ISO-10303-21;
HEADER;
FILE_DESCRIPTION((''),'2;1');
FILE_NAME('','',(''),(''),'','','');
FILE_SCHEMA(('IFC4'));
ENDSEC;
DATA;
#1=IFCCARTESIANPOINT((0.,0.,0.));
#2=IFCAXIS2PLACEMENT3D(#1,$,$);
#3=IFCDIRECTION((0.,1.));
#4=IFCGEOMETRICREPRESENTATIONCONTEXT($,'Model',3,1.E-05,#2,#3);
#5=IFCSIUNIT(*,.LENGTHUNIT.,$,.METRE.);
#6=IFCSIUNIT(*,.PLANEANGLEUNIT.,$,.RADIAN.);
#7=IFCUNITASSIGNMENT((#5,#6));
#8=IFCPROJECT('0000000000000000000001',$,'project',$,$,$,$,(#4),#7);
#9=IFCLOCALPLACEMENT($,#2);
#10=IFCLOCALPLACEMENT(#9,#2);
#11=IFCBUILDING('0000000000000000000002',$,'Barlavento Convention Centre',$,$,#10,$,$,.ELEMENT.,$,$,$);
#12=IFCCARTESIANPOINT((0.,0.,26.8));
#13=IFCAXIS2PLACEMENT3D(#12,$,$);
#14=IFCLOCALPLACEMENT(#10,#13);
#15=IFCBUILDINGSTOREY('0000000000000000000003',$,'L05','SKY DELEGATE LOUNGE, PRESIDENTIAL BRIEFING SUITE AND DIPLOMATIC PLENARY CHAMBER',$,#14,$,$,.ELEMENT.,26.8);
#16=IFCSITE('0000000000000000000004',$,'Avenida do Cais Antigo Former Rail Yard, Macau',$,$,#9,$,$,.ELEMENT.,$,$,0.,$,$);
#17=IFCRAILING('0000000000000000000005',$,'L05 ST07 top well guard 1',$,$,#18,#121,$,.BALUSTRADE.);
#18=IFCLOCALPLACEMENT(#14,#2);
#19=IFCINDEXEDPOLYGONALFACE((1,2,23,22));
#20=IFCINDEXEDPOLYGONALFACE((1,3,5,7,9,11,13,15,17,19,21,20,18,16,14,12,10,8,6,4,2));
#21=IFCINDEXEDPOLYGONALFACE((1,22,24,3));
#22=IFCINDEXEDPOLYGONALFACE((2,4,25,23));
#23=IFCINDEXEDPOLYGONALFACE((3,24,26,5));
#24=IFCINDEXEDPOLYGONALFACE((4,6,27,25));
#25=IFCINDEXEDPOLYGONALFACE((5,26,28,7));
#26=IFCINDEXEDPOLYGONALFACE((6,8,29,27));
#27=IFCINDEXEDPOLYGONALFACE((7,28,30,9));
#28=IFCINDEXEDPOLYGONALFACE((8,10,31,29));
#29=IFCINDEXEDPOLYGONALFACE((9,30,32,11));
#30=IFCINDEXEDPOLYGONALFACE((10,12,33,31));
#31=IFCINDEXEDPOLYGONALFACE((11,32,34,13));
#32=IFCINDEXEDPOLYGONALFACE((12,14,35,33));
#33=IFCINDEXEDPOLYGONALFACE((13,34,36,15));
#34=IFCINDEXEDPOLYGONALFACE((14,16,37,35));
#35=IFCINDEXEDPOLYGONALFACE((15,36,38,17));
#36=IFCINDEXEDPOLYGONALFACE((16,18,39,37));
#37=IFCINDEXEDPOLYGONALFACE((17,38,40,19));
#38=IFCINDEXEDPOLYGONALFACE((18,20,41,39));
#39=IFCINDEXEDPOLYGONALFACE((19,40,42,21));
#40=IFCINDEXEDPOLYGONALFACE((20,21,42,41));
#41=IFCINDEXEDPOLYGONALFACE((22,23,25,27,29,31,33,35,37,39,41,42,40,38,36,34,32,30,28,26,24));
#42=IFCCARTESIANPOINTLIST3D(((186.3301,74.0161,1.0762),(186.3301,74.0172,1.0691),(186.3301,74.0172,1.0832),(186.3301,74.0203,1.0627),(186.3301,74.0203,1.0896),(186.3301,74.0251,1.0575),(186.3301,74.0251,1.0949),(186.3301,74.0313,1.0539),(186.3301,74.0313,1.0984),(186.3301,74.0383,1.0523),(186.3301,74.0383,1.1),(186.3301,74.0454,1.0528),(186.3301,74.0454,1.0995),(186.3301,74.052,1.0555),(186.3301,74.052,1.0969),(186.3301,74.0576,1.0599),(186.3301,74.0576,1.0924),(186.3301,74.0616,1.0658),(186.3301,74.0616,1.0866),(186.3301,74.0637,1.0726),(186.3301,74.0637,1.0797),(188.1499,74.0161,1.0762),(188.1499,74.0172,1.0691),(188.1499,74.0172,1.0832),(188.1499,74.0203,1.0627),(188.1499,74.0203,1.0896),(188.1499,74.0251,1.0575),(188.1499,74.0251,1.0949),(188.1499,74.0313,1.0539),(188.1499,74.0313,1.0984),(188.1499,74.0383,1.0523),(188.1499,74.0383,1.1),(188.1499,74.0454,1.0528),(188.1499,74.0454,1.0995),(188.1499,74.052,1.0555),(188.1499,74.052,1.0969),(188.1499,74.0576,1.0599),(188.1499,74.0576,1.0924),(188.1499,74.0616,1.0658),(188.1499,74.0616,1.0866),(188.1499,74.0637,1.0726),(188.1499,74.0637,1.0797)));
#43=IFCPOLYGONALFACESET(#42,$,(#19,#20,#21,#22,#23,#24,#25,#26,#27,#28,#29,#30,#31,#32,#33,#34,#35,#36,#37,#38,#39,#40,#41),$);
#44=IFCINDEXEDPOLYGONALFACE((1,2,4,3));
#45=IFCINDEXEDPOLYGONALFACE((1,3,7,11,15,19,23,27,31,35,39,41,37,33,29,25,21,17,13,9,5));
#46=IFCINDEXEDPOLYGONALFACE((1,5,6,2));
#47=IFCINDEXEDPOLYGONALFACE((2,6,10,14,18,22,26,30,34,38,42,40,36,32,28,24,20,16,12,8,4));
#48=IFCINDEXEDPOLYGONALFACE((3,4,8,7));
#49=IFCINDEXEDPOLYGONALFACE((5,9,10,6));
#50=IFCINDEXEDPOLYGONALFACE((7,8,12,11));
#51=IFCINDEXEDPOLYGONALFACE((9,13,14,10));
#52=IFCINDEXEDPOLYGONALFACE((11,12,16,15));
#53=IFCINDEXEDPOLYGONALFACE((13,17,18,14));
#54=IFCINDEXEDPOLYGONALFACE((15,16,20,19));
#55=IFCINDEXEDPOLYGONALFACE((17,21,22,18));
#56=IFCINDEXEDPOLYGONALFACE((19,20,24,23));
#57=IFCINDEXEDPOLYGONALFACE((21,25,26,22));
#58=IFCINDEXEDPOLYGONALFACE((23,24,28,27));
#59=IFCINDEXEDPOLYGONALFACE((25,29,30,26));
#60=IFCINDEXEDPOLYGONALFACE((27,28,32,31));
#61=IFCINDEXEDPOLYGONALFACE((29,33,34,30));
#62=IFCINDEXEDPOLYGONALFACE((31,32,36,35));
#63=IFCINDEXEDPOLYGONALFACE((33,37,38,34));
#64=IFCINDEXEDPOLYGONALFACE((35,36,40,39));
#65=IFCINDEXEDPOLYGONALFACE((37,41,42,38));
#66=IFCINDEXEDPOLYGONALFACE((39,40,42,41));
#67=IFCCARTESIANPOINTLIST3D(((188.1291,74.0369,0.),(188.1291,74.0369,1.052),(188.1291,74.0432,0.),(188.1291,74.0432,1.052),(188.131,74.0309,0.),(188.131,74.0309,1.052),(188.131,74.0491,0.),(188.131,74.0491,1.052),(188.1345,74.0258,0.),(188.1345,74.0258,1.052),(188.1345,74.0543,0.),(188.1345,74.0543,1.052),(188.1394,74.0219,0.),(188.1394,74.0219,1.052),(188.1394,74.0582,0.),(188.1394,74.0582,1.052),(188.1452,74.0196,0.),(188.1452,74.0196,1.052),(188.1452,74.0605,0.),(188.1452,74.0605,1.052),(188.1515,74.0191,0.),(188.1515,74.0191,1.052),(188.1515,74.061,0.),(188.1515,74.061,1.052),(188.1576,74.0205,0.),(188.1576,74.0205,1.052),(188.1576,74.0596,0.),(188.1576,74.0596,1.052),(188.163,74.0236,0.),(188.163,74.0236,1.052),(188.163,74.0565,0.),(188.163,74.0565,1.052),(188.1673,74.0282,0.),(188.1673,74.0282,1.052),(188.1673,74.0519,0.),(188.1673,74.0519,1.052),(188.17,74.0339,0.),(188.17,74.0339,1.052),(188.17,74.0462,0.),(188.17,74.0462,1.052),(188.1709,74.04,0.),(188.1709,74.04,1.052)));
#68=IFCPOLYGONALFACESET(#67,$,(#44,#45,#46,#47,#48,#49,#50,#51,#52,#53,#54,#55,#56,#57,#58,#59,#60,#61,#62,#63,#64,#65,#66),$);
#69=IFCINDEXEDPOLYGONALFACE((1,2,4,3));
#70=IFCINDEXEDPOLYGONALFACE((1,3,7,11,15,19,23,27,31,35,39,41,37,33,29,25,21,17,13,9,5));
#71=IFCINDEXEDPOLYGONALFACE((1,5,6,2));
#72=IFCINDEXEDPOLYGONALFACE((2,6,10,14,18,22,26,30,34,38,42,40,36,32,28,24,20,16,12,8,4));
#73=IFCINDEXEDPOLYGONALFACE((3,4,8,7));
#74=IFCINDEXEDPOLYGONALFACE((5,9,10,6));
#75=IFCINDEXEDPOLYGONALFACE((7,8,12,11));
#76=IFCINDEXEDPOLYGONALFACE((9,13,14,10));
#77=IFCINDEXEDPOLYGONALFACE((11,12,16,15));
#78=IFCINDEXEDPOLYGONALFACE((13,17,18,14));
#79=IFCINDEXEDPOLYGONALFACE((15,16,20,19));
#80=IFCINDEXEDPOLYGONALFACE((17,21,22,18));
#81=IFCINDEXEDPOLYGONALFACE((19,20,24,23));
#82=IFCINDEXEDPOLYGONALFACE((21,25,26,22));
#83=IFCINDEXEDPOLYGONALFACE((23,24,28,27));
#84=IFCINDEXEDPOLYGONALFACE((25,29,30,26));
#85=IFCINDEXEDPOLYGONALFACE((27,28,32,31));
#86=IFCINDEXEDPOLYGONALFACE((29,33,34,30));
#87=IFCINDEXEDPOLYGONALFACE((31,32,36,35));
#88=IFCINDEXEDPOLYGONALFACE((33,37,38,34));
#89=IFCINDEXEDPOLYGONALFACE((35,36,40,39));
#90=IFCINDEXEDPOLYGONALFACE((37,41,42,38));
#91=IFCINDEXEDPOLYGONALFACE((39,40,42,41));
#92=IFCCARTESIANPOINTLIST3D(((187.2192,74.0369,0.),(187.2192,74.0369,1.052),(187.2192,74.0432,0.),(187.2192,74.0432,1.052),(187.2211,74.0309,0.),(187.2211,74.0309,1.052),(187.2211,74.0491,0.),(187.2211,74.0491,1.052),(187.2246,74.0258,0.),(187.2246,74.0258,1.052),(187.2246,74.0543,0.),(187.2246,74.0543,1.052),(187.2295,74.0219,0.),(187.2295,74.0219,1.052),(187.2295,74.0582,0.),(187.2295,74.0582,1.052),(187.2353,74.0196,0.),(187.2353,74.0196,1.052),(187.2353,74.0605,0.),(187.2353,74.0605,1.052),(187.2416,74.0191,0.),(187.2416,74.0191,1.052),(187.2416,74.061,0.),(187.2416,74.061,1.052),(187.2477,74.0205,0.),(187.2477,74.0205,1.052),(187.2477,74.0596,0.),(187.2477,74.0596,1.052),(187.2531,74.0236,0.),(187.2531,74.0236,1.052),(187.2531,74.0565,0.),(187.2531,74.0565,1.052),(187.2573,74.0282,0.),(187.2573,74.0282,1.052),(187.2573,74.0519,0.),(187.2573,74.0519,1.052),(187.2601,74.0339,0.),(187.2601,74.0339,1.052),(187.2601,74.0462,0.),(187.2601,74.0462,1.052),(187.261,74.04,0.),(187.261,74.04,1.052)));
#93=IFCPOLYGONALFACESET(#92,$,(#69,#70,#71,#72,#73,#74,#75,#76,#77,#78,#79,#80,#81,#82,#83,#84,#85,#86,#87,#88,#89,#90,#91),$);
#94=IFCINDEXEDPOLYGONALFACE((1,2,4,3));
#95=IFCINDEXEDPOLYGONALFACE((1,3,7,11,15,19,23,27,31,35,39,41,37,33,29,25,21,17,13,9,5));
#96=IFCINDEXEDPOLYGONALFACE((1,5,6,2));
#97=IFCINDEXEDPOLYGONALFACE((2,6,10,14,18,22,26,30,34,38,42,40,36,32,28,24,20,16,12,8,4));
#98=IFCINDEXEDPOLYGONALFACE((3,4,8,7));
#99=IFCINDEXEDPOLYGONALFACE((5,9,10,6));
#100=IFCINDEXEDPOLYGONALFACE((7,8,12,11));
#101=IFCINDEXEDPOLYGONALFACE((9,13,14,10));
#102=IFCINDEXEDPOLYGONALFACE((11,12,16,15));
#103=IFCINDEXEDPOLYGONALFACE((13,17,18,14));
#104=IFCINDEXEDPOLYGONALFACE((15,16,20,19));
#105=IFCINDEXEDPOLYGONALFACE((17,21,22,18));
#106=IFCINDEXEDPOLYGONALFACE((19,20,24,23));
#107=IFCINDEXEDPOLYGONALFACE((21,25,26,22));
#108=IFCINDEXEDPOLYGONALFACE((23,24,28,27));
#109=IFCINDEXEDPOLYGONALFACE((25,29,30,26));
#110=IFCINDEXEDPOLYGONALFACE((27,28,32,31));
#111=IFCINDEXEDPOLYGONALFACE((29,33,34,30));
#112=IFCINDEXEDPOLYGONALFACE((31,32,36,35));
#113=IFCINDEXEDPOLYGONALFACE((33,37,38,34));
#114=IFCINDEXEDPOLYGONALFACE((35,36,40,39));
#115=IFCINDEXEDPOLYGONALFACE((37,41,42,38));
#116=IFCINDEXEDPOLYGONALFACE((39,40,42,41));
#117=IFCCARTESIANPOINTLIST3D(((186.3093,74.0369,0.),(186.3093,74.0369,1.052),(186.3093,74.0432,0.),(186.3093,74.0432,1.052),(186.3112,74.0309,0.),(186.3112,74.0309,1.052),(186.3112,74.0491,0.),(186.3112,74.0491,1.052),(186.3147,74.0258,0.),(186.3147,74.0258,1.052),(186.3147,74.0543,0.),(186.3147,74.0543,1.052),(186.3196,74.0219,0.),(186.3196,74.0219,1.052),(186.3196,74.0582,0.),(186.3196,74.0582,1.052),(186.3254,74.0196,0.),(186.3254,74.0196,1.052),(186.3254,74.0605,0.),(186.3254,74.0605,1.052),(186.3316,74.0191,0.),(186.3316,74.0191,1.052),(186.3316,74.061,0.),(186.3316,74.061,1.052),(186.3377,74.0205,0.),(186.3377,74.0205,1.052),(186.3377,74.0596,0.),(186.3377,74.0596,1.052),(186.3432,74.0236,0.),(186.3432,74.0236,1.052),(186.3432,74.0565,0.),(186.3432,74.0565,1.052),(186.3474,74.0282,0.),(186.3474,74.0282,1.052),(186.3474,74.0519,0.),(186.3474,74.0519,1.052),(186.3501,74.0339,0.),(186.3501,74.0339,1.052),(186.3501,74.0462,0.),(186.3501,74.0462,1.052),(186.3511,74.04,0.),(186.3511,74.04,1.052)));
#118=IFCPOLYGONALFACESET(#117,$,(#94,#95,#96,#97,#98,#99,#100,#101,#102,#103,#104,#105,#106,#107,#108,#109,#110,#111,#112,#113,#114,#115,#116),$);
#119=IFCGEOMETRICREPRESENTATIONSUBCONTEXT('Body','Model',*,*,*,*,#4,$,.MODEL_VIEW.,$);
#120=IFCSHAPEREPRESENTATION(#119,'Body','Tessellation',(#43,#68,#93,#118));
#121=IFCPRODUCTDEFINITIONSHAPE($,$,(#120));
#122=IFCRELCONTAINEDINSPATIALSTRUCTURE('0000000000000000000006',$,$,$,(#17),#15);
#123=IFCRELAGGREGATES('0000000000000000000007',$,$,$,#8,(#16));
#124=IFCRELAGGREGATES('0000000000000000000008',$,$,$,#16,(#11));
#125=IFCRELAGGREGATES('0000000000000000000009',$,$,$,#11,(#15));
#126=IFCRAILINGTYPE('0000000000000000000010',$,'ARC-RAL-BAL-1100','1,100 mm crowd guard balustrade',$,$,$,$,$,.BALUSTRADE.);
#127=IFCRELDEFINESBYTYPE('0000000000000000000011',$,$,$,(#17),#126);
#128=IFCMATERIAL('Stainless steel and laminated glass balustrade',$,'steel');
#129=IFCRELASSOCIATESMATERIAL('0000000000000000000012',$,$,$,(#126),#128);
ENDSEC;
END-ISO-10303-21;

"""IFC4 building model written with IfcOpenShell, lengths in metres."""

from ifc_helpers import new_model, si_unit, direction, frame, origin, origin_2d, place, context, subcontext, project, spatial, circle, extrude, material, type_object, element, save


model = new_model("IFC4")

# Units and contexts
model_context = context("Model", 3, precision=1e-05, world=origin(), true_north=direction((0.0, 1.0)))
body_context = subcontext(model_context, "Body", "Model", "MODEL_VIEW")
ifc_project = project(units=[si_unit("LENGTHUNIT", "METRE"), si_unit("PLANEANGLEUNIT", "RADIAN")], contexts=[model_context])

# Site, building, storey
site_placement = place(None, origin())
site = spatial("IfcSite", under=ifc_project, at=site_placement, Name="Avenida do Cais Antigo Former Rail Yard, Macau", CompositionType="ELEMENT", RefElevation=0.0)
building_placement = place(site_placement, origin())
building = spatial("IfcBuilding", under=site, at=building_placement, Name="Barlavento Convention Centre", CompositionType="ELEMENT")
storey_placement = place(building_placement, frame((0.0, 0.0, 26.8)))
storey = spatial("IfcBuildingStorey", under=building, at=storey_placement, Name="L05", Description="SKY DELEGATE LOUNGE, PRESIDENTIAL BRIEFING SUITE AND DIPLOMATIC PLENARY CHAMBER", CompositionType="ELEMENT", Elevation=26.8)

# Railing
ifc_material_1 = material(Name="Stainless steel and laminated glass balustrade", Category="steel")
railing_type = type_object("IfcRailingType", Name="ARC-RAL-BAL-1100", Description="1,100 mm crowd guard balustrade", PredefinedType="BALUSTRADE", material=ifc_material_1)
railing_1_placement = place(storey_placement, frame((188.1499, 74.04, 0.0)))
element("IfcRailing", 1, at=railing_1_placement, inside=storey, type_object=railing_type, Name="L05 ST07 top well guard 1", PredefinedType="BALUSTRADE", context=body_context, shape_type="SweptSolid", body=[
    extrude(circle(Radius=0.0239, at=origin_2d()), frame((0.0, 0.0, 1.0762), z_axis=(-1.0, 0.0, 0.0), x_axis=(0.0, -1.0, 0.0)), (0.0, 0.0, 1.0), 1.8198),
    extrude(circle(Radius=0.021, at=origin_2d()), origin(), (0.0, 0.0, 1.0), 1.052),
    extrude(circle(Radius=0.021, at=origin_2d()), frame((-0.9099, 0.0, 0.0)), (0.0, 0.0, 1.0), 1.052),
    extrude(circle(Radius=0.021, at=origin_2d()), frame((-1.8198, 0.0, 0.0)), (0.0, 0.0, 1.0), 1.052),
])

save(model, "model.ifc")
